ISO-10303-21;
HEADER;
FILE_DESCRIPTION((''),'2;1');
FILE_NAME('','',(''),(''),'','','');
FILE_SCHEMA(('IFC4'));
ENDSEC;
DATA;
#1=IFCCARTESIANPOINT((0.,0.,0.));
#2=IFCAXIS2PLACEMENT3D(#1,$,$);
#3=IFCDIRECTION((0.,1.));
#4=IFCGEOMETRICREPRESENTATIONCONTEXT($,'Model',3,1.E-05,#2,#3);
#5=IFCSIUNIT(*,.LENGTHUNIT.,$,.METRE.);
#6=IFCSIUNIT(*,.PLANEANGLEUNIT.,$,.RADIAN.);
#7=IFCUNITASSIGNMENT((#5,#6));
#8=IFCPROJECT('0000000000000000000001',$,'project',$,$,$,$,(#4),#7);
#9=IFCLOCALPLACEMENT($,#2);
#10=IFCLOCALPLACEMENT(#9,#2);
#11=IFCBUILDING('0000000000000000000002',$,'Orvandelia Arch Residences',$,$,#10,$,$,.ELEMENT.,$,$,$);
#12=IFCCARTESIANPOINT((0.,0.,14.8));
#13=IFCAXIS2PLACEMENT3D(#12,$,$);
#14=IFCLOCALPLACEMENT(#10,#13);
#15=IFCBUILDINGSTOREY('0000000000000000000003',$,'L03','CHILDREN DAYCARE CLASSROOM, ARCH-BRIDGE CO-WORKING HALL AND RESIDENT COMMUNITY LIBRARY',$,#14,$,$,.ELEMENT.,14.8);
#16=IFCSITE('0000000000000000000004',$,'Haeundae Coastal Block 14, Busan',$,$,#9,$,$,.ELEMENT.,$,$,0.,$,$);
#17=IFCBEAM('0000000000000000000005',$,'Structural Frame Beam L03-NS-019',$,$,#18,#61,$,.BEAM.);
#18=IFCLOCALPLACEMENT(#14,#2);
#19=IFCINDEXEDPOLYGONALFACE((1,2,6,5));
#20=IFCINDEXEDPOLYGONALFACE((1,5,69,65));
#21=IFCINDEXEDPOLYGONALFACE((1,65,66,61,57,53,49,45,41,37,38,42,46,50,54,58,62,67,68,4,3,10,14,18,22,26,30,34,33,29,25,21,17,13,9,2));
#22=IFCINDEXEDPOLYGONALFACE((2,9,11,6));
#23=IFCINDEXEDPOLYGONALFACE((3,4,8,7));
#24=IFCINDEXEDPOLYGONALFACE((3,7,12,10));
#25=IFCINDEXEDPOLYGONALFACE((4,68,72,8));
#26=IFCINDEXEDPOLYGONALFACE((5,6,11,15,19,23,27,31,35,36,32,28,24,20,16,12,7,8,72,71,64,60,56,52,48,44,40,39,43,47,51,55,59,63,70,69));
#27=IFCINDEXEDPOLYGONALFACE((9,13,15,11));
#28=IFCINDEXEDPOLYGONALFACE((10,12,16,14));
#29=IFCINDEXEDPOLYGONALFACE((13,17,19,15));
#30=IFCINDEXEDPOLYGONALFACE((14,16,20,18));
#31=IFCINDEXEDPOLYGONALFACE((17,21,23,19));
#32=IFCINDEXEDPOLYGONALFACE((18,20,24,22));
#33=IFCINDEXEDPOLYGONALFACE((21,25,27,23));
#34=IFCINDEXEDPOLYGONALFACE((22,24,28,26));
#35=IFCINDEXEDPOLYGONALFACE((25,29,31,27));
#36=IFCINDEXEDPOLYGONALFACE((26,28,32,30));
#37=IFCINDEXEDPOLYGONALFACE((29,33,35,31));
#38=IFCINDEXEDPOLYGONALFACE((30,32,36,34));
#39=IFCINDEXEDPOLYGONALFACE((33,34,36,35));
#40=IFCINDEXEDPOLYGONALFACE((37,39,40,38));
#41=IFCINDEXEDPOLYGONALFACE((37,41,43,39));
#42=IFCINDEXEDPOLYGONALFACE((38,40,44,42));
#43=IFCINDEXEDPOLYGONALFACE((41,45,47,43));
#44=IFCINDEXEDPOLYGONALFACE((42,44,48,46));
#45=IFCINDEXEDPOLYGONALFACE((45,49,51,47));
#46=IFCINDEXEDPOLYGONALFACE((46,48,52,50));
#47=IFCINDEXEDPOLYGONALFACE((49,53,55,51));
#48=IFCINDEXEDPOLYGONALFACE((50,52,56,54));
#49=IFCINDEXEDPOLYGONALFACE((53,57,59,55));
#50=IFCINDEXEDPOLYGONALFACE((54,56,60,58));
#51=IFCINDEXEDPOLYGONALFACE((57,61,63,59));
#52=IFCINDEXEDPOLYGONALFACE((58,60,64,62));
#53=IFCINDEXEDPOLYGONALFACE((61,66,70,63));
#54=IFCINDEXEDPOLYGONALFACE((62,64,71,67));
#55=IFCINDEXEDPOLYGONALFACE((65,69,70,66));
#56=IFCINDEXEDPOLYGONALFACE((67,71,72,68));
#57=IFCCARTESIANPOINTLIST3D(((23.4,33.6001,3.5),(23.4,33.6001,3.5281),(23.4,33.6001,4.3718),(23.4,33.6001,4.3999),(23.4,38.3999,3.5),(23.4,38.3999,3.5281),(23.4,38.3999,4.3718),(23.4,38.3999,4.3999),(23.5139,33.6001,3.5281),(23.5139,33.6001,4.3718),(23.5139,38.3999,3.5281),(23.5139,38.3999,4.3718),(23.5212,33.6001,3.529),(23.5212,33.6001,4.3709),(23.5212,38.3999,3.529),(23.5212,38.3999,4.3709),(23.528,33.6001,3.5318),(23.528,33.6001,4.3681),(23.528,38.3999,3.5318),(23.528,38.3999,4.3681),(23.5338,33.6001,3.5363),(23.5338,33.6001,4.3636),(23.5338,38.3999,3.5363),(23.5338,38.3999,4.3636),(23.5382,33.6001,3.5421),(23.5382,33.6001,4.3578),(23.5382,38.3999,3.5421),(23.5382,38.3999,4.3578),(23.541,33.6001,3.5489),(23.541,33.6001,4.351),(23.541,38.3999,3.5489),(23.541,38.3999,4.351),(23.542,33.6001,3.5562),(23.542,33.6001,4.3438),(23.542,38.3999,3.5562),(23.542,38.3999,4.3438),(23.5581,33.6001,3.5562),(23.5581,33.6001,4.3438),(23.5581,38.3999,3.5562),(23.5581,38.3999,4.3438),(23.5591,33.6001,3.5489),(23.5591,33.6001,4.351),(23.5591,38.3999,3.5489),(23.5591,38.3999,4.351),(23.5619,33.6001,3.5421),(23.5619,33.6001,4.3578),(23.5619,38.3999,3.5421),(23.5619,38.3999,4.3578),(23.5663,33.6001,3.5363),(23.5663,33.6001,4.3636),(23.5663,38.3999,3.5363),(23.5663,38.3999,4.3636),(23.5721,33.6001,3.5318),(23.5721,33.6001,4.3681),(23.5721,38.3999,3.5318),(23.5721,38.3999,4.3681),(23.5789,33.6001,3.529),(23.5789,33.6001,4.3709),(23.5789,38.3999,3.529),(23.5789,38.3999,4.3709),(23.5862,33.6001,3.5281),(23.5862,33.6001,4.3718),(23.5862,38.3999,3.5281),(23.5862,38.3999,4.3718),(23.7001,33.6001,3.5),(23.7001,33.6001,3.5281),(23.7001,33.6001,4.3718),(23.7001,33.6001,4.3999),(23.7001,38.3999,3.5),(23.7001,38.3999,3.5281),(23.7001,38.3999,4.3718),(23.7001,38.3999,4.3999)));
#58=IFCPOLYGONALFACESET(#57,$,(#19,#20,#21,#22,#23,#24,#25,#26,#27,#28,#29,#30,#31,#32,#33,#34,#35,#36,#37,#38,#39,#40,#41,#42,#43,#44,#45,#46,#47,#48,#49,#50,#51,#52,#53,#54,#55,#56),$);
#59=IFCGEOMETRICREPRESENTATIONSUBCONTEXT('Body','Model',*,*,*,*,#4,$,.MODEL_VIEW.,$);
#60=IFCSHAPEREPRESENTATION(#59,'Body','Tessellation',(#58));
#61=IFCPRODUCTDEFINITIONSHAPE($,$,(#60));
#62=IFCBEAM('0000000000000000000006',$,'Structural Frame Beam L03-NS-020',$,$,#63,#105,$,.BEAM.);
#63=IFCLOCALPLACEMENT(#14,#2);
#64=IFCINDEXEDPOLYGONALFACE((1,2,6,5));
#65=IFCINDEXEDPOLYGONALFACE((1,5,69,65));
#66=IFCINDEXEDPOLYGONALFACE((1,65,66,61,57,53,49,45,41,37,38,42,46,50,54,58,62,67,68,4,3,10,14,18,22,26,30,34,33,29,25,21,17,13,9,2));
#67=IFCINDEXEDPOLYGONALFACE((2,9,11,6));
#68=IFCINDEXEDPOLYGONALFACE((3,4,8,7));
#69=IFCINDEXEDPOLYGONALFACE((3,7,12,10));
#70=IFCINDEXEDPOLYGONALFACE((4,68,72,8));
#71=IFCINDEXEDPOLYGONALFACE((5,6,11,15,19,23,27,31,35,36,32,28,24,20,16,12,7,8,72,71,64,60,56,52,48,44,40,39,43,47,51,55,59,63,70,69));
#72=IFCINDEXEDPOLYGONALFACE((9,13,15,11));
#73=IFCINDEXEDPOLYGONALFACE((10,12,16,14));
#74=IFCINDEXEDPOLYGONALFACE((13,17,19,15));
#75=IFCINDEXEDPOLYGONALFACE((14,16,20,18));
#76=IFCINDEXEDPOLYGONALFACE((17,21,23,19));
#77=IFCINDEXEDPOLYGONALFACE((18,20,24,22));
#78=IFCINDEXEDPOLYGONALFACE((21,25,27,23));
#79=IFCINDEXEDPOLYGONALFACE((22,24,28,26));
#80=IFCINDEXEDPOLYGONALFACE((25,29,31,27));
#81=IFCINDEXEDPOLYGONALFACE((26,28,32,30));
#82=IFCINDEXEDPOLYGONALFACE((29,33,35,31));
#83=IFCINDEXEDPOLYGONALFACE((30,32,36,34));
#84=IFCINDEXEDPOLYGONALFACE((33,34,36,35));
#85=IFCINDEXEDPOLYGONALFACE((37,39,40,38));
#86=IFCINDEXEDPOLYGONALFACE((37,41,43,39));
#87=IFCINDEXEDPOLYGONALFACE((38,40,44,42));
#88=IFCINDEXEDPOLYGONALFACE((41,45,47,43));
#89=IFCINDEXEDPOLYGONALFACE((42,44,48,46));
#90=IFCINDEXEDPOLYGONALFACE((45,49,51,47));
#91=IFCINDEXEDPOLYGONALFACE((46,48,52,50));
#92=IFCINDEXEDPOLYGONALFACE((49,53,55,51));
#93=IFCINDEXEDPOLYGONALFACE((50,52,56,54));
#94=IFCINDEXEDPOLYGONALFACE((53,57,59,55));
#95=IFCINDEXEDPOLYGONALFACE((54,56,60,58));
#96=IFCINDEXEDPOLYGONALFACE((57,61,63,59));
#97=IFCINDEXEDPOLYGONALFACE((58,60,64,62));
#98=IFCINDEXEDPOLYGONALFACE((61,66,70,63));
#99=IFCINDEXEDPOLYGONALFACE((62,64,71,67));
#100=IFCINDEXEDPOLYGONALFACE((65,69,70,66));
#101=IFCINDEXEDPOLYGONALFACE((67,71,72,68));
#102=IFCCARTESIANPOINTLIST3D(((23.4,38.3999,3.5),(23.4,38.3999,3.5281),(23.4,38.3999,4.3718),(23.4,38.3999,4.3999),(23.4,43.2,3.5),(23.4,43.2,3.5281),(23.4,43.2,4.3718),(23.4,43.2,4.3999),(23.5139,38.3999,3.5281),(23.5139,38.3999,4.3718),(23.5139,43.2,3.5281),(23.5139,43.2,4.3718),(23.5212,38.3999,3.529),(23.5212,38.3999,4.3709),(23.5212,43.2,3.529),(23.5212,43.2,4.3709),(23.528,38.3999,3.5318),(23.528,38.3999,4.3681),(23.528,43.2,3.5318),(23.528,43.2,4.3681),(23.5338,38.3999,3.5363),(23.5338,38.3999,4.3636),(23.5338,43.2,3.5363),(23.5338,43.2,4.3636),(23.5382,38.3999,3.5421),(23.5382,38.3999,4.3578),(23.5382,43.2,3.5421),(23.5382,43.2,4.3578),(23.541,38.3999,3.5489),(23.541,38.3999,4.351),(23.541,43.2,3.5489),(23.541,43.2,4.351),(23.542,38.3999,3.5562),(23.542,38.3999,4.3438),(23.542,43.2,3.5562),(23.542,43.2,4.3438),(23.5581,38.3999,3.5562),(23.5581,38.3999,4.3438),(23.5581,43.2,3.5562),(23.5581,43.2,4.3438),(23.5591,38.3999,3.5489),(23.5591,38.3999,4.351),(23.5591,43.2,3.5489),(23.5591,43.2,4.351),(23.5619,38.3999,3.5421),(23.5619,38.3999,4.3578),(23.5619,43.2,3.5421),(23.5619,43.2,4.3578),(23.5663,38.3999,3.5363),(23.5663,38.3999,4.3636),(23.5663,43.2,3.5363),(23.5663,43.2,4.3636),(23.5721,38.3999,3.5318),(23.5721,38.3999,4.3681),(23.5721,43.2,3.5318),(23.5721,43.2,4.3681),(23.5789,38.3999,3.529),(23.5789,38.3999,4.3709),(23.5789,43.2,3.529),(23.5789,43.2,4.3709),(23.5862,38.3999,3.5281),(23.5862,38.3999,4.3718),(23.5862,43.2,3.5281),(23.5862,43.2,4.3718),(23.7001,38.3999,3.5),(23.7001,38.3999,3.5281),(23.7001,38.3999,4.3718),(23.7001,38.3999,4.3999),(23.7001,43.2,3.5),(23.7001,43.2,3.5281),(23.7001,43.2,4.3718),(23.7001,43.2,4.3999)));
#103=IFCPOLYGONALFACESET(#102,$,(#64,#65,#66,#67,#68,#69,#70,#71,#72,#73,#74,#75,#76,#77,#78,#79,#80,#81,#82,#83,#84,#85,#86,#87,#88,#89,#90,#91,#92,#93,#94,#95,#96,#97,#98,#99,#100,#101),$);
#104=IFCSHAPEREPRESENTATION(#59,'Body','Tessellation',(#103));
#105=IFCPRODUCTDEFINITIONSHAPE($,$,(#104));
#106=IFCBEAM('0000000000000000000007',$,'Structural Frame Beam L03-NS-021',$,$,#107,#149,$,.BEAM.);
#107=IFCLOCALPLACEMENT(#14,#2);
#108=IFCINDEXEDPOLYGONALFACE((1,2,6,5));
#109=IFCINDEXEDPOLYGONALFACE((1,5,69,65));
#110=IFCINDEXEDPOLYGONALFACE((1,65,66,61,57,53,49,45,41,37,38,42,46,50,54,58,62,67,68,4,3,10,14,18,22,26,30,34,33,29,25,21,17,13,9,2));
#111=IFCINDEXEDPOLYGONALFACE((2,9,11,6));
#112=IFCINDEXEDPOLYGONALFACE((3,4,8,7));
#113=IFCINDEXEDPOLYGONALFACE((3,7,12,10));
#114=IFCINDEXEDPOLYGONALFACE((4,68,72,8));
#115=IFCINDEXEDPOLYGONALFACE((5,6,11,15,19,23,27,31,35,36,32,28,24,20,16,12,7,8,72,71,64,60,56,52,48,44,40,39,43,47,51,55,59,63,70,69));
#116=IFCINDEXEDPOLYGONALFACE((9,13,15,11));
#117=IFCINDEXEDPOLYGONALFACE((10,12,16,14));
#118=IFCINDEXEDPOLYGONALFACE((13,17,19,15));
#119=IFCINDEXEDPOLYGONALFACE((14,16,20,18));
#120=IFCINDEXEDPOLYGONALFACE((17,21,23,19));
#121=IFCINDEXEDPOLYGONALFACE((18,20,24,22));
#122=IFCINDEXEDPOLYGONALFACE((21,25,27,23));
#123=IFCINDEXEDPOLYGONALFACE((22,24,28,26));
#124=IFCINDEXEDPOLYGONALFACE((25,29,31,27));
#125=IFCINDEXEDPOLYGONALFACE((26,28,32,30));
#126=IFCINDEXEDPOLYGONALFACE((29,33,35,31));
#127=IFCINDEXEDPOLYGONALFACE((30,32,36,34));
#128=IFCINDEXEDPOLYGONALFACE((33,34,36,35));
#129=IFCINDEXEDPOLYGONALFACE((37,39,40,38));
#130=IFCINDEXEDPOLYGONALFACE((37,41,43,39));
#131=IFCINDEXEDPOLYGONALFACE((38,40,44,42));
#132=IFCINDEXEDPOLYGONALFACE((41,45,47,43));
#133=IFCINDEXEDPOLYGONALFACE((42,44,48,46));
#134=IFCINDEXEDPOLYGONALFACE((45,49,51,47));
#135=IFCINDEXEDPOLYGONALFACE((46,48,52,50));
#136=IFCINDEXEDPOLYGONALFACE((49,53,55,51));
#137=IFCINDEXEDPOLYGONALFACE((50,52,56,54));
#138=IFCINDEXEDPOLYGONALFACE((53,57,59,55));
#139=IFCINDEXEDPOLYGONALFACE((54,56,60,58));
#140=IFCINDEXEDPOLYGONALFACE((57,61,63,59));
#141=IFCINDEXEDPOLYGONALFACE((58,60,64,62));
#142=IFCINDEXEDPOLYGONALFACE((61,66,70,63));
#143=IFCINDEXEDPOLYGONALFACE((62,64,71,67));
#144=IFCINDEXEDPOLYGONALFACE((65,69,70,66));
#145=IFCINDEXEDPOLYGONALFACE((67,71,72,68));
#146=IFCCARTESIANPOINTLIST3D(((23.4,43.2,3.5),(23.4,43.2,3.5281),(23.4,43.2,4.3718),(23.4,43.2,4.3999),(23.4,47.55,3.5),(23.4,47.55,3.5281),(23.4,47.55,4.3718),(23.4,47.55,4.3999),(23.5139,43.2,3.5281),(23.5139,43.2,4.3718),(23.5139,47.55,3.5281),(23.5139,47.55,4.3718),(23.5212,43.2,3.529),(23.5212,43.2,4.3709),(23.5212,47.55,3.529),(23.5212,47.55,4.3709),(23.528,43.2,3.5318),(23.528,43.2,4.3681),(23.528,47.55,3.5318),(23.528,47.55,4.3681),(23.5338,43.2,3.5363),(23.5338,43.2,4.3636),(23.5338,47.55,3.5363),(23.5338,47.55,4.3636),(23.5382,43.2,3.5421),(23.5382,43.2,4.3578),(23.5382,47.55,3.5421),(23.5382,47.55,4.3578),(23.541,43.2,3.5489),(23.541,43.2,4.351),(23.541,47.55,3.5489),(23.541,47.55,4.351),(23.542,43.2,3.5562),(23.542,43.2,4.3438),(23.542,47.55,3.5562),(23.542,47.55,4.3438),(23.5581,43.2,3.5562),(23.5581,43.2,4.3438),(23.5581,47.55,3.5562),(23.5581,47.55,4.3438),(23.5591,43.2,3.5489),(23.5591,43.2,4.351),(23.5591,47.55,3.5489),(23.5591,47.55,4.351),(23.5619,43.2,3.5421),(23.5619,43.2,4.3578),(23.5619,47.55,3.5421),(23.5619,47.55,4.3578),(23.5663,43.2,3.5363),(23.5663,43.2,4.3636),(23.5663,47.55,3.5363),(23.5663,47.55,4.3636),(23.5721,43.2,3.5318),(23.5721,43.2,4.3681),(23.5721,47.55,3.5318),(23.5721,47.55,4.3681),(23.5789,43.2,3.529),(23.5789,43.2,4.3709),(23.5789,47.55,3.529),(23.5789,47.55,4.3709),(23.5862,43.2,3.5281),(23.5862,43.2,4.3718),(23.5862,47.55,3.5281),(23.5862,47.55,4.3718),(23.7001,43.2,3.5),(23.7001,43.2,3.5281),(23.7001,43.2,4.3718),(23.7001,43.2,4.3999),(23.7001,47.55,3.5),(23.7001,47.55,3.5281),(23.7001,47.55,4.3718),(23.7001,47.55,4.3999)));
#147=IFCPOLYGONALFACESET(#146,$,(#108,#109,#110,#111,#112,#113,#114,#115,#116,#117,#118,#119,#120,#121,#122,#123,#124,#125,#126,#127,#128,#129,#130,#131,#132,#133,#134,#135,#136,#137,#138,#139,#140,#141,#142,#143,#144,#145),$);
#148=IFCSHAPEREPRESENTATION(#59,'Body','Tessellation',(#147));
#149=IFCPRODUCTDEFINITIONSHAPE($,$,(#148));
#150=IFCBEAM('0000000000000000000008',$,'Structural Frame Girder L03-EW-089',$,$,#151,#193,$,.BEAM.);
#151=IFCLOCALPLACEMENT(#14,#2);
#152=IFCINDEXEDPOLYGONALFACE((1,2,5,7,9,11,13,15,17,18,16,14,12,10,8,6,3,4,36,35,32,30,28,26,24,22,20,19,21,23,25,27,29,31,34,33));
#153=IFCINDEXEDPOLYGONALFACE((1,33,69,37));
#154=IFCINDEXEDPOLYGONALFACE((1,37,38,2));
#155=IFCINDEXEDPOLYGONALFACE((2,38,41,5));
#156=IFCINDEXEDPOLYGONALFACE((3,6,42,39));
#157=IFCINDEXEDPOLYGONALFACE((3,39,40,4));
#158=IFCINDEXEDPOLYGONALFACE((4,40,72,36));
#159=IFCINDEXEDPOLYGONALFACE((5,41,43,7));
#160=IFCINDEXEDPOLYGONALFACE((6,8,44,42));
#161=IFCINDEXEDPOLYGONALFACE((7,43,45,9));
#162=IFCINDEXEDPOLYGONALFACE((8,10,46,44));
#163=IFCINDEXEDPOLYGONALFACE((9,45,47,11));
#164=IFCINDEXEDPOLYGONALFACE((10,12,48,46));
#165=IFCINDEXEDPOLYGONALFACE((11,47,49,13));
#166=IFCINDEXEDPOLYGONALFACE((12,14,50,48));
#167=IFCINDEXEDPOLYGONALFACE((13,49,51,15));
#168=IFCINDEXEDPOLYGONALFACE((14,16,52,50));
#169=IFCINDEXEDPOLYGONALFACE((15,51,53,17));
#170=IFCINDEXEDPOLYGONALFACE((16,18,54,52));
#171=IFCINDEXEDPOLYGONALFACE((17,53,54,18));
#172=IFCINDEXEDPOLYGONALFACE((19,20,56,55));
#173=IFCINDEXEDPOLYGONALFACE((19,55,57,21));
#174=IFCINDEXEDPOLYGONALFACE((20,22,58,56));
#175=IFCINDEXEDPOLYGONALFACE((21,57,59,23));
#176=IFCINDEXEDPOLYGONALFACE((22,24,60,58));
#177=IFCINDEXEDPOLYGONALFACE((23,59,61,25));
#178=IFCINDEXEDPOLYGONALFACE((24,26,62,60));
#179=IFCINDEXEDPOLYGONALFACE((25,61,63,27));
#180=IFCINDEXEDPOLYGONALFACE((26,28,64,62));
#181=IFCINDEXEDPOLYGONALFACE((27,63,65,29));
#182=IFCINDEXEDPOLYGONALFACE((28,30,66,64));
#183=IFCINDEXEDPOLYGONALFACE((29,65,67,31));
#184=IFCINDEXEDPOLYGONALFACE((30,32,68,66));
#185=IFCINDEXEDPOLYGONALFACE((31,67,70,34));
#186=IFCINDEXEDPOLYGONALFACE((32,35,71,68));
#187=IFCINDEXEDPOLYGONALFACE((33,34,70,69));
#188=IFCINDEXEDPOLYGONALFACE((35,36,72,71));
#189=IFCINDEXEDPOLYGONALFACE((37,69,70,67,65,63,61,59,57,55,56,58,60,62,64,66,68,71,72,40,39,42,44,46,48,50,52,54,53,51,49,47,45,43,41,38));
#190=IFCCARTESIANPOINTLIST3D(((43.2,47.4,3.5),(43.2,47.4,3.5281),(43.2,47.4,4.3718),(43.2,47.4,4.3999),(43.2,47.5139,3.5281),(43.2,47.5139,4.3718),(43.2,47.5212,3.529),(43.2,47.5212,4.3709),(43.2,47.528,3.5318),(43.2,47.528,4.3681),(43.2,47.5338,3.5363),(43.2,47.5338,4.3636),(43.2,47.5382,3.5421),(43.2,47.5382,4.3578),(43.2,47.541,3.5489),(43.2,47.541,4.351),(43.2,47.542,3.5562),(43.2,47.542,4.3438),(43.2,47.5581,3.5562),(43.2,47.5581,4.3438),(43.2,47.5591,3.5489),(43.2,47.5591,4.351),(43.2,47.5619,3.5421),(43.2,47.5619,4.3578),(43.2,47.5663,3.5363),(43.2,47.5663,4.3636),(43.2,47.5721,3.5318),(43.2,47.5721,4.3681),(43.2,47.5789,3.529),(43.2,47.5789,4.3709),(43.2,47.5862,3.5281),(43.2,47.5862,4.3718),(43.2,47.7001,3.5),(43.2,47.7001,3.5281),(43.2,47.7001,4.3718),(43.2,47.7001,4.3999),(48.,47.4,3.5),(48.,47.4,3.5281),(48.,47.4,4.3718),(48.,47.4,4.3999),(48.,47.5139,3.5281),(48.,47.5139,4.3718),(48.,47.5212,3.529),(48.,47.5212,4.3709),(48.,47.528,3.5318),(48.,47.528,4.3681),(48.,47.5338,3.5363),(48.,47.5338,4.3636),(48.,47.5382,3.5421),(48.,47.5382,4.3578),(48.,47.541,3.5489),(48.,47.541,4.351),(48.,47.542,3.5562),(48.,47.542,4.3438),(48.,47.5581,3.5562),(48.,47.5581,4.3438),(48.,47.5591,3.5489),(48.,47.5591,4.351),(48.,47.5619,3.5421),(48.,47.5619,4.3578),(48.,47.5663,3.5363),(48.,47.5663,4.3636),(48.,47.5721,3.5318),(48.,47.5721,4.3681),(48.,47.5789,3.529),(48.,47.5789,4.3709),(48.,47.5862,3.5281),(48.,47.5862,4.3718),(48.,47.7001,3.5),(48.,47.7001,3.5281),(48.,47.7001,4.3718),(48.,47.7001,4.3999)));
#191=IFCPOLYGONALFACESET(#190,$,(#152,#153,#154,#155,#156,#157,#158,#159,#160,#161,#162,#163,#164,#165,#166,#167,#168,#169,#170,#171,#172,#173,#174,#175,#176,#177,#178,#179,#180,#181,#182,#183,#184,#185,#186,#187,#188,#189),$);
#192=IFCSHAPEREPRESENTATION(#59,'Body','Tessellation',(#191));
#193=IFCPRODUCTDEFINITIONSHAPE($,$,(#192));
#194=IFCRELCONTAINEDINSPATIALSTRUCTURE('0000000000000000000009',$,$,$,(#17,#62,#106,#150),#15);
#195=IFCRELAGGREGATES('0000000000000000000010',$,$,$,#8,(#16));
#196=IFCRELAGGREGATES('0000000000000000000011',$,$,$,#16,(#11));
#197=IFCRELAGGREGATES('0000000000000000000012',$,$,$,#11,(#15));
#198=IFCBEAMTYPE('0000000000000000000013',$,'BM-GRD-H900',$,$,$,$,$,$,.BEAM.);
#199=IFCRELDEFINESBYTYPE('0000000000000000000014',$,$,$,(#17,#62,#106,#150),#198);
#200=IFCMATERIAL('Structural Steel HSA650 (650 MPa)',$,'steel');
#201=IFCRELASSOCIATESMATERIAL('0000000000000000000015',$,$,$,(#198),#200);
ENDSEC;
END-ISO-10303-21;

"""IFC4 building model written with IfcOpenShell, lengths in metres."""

from ifc_helpers import new_model, si_unit, direction, frame, origin, origin_2d, place, context, subcontext, project, spatial, i_section, extrude, material, material_profile, profile_set, type_object, element, save


model = new_model("IFC4")

# Units and contexts
model_context = context("Model", 3, precision=1e-05, world=origin(), true_north=direction((0.0, 1.0)))
body_context = subcontext(model_context, "Body", "Model", "MODEL_VIEW")
ifc_project = project(units=[si_unit("LENGTHUNIT", "METRE"), si_unit("PLANEANGLEUNIT", "RADIAN")], contexts=[model_context])

# Site, building, storey
site_placement = place(None, origin())
site = spatial("IfcSite", under=ifc_project, at=site_placement, Name="Haeundae Coastal Block 14, Busan", CompositionType="ELEMENT", RefElevation=0.0)
building_placement = place(site_placement, origin())
building = spatial("IfcBuilding", under=site, at=building_placement, Name="Orvandelia Arch Residences", CompositionType="ELEMENT")
storey_placement = place(building_placement, frame((0.0, 0.0, 14.8)))
storey = spatial("IfcBuildingStorey", under=building, at=storey_placement, Name="L03", Description="CHILDREN DAYCARE CLASSROOM, ARCH-BRIDGE CO-WORKING HALL AND RESIDENT COMMUNITY LIBRARY", CompositionType="ELEMENT", Elevation=14.8)

# Shared definitions
ifc_material_1 = material(Name="Structural Steel HSA650 (650 MPa)", Category="steel")

# Beams
ifc_material_profile_1 = material_profile(ifc_material_1, i_section(OverallWidth=0.3, OverallDepth=0.8999, WebThickness=0.0161, FlangeThickness=0.0281, FilletRadius=0.0281, at=origin_2d()), Name="Structural Steel HSA650 (650 MPa)", Category="steel")
ifc_profile_set_1 = profile_set([ifc_material_profile_1], Name="Structural Steel HSA650 (650 MPa)")
beam_type_1 = type_object("IfcBeamType", Name="BM-GRD-H900", PredefinedType="BEAM", material=ifc_profile_set_1)
beam_1_placement = place(storey_placement, frame((23.55, 33.6001, 3.95), z_axis=(0.0, 1.0, 0.0), x_axis=(-1.0, 0.0, 0.0)))
element("IfcBeam", 1, at=beam_1_placement, inside=storey, type_object=beam_type_1, Name="Structural Frame Beam L03-NS-019", PredefinedType="BEAM", context=body_context, shape_type="SweptSolid", body=[
    extrude(i_section(OverallWidth=0.3, OverallDepth=0.8999, WebThickness=0.0161, FlangeThickness=0.0281, FilletRadius=0.0281, at=origin_2d()), origin(), (0.0, 0.0, 1.0), 4.7998),
])
beam_2_placement = place(storey_placement, frame((23.55, 38.3999, 3.95), z_axis=(0.0, 1.0, 0.0), x_axis=(-1.0, 0.0, 0.0)))
element("IfcBeam", 2, at=beam_2_placement, inside=storey, type_object=beam_type_1, Name="Structural Frame Beam L03-NS-020", PredefinedType="BEAM", context=body_context, shape_type="SweptSolid", body=[
    extrude(i_section(OverallWidth=0.3, OverallDepth=0.8999, WebThickness=0.0161, FlangeThickness=0.0281, FilletRadius=0.0281, at=origin_2d()), origin(), (0.0, 0.0, 1.0), 4.8),
])
beam_3_placement = place(storey_placement, frame((23.55, 43.2, 3.95), z_axis=(0.0, 1.0, 0.0), x_axis=(-1.0, 0.0, 0.0)))
element("IfcBeam", 3, at=beam_3_placement, inside=storey, type_object=beam_type_1, Name="Structural Frame Beam L03-NS-021", PredefinedType="BEAM", context=body_context, shape_type="SweptSolid", body=[
    extrude(i_section(OverallWidth=0.3, OverallDepth=0.8999, WebThickness=0.0161, FlangeThickness=0.0281, FilletRadius=0.0281, at=origin_2d()), origin(), (0.0, 0.0, 1.0), 4.3501),
])
beam_4_placement = place(storey_placement, frame((43.2, 47.55, 3.95), z_axis=(1.0, 0.0, 0.0), x_axis=(0.0, 1.0, 0.0)))
element("IfcBeam", 4, at=beam_4_placement, inside=storey, type_object=beam_type_1, Name="Structural Frame Girder L03-EW-089", PredefinedType="BEAM", context=body_context, shape_type="SweptSolid", body=[
    extrude(i_section(OverallWidth=0.3, OverallDepth=0.8999, WebThickness=0.0161, FlangeThickness=0.0281, FilletRadius=0.0281, at=origin_2d()), origin(), (0.0, 0.0, 1.0), 4.8),
])

save(model, "model.ifc")
